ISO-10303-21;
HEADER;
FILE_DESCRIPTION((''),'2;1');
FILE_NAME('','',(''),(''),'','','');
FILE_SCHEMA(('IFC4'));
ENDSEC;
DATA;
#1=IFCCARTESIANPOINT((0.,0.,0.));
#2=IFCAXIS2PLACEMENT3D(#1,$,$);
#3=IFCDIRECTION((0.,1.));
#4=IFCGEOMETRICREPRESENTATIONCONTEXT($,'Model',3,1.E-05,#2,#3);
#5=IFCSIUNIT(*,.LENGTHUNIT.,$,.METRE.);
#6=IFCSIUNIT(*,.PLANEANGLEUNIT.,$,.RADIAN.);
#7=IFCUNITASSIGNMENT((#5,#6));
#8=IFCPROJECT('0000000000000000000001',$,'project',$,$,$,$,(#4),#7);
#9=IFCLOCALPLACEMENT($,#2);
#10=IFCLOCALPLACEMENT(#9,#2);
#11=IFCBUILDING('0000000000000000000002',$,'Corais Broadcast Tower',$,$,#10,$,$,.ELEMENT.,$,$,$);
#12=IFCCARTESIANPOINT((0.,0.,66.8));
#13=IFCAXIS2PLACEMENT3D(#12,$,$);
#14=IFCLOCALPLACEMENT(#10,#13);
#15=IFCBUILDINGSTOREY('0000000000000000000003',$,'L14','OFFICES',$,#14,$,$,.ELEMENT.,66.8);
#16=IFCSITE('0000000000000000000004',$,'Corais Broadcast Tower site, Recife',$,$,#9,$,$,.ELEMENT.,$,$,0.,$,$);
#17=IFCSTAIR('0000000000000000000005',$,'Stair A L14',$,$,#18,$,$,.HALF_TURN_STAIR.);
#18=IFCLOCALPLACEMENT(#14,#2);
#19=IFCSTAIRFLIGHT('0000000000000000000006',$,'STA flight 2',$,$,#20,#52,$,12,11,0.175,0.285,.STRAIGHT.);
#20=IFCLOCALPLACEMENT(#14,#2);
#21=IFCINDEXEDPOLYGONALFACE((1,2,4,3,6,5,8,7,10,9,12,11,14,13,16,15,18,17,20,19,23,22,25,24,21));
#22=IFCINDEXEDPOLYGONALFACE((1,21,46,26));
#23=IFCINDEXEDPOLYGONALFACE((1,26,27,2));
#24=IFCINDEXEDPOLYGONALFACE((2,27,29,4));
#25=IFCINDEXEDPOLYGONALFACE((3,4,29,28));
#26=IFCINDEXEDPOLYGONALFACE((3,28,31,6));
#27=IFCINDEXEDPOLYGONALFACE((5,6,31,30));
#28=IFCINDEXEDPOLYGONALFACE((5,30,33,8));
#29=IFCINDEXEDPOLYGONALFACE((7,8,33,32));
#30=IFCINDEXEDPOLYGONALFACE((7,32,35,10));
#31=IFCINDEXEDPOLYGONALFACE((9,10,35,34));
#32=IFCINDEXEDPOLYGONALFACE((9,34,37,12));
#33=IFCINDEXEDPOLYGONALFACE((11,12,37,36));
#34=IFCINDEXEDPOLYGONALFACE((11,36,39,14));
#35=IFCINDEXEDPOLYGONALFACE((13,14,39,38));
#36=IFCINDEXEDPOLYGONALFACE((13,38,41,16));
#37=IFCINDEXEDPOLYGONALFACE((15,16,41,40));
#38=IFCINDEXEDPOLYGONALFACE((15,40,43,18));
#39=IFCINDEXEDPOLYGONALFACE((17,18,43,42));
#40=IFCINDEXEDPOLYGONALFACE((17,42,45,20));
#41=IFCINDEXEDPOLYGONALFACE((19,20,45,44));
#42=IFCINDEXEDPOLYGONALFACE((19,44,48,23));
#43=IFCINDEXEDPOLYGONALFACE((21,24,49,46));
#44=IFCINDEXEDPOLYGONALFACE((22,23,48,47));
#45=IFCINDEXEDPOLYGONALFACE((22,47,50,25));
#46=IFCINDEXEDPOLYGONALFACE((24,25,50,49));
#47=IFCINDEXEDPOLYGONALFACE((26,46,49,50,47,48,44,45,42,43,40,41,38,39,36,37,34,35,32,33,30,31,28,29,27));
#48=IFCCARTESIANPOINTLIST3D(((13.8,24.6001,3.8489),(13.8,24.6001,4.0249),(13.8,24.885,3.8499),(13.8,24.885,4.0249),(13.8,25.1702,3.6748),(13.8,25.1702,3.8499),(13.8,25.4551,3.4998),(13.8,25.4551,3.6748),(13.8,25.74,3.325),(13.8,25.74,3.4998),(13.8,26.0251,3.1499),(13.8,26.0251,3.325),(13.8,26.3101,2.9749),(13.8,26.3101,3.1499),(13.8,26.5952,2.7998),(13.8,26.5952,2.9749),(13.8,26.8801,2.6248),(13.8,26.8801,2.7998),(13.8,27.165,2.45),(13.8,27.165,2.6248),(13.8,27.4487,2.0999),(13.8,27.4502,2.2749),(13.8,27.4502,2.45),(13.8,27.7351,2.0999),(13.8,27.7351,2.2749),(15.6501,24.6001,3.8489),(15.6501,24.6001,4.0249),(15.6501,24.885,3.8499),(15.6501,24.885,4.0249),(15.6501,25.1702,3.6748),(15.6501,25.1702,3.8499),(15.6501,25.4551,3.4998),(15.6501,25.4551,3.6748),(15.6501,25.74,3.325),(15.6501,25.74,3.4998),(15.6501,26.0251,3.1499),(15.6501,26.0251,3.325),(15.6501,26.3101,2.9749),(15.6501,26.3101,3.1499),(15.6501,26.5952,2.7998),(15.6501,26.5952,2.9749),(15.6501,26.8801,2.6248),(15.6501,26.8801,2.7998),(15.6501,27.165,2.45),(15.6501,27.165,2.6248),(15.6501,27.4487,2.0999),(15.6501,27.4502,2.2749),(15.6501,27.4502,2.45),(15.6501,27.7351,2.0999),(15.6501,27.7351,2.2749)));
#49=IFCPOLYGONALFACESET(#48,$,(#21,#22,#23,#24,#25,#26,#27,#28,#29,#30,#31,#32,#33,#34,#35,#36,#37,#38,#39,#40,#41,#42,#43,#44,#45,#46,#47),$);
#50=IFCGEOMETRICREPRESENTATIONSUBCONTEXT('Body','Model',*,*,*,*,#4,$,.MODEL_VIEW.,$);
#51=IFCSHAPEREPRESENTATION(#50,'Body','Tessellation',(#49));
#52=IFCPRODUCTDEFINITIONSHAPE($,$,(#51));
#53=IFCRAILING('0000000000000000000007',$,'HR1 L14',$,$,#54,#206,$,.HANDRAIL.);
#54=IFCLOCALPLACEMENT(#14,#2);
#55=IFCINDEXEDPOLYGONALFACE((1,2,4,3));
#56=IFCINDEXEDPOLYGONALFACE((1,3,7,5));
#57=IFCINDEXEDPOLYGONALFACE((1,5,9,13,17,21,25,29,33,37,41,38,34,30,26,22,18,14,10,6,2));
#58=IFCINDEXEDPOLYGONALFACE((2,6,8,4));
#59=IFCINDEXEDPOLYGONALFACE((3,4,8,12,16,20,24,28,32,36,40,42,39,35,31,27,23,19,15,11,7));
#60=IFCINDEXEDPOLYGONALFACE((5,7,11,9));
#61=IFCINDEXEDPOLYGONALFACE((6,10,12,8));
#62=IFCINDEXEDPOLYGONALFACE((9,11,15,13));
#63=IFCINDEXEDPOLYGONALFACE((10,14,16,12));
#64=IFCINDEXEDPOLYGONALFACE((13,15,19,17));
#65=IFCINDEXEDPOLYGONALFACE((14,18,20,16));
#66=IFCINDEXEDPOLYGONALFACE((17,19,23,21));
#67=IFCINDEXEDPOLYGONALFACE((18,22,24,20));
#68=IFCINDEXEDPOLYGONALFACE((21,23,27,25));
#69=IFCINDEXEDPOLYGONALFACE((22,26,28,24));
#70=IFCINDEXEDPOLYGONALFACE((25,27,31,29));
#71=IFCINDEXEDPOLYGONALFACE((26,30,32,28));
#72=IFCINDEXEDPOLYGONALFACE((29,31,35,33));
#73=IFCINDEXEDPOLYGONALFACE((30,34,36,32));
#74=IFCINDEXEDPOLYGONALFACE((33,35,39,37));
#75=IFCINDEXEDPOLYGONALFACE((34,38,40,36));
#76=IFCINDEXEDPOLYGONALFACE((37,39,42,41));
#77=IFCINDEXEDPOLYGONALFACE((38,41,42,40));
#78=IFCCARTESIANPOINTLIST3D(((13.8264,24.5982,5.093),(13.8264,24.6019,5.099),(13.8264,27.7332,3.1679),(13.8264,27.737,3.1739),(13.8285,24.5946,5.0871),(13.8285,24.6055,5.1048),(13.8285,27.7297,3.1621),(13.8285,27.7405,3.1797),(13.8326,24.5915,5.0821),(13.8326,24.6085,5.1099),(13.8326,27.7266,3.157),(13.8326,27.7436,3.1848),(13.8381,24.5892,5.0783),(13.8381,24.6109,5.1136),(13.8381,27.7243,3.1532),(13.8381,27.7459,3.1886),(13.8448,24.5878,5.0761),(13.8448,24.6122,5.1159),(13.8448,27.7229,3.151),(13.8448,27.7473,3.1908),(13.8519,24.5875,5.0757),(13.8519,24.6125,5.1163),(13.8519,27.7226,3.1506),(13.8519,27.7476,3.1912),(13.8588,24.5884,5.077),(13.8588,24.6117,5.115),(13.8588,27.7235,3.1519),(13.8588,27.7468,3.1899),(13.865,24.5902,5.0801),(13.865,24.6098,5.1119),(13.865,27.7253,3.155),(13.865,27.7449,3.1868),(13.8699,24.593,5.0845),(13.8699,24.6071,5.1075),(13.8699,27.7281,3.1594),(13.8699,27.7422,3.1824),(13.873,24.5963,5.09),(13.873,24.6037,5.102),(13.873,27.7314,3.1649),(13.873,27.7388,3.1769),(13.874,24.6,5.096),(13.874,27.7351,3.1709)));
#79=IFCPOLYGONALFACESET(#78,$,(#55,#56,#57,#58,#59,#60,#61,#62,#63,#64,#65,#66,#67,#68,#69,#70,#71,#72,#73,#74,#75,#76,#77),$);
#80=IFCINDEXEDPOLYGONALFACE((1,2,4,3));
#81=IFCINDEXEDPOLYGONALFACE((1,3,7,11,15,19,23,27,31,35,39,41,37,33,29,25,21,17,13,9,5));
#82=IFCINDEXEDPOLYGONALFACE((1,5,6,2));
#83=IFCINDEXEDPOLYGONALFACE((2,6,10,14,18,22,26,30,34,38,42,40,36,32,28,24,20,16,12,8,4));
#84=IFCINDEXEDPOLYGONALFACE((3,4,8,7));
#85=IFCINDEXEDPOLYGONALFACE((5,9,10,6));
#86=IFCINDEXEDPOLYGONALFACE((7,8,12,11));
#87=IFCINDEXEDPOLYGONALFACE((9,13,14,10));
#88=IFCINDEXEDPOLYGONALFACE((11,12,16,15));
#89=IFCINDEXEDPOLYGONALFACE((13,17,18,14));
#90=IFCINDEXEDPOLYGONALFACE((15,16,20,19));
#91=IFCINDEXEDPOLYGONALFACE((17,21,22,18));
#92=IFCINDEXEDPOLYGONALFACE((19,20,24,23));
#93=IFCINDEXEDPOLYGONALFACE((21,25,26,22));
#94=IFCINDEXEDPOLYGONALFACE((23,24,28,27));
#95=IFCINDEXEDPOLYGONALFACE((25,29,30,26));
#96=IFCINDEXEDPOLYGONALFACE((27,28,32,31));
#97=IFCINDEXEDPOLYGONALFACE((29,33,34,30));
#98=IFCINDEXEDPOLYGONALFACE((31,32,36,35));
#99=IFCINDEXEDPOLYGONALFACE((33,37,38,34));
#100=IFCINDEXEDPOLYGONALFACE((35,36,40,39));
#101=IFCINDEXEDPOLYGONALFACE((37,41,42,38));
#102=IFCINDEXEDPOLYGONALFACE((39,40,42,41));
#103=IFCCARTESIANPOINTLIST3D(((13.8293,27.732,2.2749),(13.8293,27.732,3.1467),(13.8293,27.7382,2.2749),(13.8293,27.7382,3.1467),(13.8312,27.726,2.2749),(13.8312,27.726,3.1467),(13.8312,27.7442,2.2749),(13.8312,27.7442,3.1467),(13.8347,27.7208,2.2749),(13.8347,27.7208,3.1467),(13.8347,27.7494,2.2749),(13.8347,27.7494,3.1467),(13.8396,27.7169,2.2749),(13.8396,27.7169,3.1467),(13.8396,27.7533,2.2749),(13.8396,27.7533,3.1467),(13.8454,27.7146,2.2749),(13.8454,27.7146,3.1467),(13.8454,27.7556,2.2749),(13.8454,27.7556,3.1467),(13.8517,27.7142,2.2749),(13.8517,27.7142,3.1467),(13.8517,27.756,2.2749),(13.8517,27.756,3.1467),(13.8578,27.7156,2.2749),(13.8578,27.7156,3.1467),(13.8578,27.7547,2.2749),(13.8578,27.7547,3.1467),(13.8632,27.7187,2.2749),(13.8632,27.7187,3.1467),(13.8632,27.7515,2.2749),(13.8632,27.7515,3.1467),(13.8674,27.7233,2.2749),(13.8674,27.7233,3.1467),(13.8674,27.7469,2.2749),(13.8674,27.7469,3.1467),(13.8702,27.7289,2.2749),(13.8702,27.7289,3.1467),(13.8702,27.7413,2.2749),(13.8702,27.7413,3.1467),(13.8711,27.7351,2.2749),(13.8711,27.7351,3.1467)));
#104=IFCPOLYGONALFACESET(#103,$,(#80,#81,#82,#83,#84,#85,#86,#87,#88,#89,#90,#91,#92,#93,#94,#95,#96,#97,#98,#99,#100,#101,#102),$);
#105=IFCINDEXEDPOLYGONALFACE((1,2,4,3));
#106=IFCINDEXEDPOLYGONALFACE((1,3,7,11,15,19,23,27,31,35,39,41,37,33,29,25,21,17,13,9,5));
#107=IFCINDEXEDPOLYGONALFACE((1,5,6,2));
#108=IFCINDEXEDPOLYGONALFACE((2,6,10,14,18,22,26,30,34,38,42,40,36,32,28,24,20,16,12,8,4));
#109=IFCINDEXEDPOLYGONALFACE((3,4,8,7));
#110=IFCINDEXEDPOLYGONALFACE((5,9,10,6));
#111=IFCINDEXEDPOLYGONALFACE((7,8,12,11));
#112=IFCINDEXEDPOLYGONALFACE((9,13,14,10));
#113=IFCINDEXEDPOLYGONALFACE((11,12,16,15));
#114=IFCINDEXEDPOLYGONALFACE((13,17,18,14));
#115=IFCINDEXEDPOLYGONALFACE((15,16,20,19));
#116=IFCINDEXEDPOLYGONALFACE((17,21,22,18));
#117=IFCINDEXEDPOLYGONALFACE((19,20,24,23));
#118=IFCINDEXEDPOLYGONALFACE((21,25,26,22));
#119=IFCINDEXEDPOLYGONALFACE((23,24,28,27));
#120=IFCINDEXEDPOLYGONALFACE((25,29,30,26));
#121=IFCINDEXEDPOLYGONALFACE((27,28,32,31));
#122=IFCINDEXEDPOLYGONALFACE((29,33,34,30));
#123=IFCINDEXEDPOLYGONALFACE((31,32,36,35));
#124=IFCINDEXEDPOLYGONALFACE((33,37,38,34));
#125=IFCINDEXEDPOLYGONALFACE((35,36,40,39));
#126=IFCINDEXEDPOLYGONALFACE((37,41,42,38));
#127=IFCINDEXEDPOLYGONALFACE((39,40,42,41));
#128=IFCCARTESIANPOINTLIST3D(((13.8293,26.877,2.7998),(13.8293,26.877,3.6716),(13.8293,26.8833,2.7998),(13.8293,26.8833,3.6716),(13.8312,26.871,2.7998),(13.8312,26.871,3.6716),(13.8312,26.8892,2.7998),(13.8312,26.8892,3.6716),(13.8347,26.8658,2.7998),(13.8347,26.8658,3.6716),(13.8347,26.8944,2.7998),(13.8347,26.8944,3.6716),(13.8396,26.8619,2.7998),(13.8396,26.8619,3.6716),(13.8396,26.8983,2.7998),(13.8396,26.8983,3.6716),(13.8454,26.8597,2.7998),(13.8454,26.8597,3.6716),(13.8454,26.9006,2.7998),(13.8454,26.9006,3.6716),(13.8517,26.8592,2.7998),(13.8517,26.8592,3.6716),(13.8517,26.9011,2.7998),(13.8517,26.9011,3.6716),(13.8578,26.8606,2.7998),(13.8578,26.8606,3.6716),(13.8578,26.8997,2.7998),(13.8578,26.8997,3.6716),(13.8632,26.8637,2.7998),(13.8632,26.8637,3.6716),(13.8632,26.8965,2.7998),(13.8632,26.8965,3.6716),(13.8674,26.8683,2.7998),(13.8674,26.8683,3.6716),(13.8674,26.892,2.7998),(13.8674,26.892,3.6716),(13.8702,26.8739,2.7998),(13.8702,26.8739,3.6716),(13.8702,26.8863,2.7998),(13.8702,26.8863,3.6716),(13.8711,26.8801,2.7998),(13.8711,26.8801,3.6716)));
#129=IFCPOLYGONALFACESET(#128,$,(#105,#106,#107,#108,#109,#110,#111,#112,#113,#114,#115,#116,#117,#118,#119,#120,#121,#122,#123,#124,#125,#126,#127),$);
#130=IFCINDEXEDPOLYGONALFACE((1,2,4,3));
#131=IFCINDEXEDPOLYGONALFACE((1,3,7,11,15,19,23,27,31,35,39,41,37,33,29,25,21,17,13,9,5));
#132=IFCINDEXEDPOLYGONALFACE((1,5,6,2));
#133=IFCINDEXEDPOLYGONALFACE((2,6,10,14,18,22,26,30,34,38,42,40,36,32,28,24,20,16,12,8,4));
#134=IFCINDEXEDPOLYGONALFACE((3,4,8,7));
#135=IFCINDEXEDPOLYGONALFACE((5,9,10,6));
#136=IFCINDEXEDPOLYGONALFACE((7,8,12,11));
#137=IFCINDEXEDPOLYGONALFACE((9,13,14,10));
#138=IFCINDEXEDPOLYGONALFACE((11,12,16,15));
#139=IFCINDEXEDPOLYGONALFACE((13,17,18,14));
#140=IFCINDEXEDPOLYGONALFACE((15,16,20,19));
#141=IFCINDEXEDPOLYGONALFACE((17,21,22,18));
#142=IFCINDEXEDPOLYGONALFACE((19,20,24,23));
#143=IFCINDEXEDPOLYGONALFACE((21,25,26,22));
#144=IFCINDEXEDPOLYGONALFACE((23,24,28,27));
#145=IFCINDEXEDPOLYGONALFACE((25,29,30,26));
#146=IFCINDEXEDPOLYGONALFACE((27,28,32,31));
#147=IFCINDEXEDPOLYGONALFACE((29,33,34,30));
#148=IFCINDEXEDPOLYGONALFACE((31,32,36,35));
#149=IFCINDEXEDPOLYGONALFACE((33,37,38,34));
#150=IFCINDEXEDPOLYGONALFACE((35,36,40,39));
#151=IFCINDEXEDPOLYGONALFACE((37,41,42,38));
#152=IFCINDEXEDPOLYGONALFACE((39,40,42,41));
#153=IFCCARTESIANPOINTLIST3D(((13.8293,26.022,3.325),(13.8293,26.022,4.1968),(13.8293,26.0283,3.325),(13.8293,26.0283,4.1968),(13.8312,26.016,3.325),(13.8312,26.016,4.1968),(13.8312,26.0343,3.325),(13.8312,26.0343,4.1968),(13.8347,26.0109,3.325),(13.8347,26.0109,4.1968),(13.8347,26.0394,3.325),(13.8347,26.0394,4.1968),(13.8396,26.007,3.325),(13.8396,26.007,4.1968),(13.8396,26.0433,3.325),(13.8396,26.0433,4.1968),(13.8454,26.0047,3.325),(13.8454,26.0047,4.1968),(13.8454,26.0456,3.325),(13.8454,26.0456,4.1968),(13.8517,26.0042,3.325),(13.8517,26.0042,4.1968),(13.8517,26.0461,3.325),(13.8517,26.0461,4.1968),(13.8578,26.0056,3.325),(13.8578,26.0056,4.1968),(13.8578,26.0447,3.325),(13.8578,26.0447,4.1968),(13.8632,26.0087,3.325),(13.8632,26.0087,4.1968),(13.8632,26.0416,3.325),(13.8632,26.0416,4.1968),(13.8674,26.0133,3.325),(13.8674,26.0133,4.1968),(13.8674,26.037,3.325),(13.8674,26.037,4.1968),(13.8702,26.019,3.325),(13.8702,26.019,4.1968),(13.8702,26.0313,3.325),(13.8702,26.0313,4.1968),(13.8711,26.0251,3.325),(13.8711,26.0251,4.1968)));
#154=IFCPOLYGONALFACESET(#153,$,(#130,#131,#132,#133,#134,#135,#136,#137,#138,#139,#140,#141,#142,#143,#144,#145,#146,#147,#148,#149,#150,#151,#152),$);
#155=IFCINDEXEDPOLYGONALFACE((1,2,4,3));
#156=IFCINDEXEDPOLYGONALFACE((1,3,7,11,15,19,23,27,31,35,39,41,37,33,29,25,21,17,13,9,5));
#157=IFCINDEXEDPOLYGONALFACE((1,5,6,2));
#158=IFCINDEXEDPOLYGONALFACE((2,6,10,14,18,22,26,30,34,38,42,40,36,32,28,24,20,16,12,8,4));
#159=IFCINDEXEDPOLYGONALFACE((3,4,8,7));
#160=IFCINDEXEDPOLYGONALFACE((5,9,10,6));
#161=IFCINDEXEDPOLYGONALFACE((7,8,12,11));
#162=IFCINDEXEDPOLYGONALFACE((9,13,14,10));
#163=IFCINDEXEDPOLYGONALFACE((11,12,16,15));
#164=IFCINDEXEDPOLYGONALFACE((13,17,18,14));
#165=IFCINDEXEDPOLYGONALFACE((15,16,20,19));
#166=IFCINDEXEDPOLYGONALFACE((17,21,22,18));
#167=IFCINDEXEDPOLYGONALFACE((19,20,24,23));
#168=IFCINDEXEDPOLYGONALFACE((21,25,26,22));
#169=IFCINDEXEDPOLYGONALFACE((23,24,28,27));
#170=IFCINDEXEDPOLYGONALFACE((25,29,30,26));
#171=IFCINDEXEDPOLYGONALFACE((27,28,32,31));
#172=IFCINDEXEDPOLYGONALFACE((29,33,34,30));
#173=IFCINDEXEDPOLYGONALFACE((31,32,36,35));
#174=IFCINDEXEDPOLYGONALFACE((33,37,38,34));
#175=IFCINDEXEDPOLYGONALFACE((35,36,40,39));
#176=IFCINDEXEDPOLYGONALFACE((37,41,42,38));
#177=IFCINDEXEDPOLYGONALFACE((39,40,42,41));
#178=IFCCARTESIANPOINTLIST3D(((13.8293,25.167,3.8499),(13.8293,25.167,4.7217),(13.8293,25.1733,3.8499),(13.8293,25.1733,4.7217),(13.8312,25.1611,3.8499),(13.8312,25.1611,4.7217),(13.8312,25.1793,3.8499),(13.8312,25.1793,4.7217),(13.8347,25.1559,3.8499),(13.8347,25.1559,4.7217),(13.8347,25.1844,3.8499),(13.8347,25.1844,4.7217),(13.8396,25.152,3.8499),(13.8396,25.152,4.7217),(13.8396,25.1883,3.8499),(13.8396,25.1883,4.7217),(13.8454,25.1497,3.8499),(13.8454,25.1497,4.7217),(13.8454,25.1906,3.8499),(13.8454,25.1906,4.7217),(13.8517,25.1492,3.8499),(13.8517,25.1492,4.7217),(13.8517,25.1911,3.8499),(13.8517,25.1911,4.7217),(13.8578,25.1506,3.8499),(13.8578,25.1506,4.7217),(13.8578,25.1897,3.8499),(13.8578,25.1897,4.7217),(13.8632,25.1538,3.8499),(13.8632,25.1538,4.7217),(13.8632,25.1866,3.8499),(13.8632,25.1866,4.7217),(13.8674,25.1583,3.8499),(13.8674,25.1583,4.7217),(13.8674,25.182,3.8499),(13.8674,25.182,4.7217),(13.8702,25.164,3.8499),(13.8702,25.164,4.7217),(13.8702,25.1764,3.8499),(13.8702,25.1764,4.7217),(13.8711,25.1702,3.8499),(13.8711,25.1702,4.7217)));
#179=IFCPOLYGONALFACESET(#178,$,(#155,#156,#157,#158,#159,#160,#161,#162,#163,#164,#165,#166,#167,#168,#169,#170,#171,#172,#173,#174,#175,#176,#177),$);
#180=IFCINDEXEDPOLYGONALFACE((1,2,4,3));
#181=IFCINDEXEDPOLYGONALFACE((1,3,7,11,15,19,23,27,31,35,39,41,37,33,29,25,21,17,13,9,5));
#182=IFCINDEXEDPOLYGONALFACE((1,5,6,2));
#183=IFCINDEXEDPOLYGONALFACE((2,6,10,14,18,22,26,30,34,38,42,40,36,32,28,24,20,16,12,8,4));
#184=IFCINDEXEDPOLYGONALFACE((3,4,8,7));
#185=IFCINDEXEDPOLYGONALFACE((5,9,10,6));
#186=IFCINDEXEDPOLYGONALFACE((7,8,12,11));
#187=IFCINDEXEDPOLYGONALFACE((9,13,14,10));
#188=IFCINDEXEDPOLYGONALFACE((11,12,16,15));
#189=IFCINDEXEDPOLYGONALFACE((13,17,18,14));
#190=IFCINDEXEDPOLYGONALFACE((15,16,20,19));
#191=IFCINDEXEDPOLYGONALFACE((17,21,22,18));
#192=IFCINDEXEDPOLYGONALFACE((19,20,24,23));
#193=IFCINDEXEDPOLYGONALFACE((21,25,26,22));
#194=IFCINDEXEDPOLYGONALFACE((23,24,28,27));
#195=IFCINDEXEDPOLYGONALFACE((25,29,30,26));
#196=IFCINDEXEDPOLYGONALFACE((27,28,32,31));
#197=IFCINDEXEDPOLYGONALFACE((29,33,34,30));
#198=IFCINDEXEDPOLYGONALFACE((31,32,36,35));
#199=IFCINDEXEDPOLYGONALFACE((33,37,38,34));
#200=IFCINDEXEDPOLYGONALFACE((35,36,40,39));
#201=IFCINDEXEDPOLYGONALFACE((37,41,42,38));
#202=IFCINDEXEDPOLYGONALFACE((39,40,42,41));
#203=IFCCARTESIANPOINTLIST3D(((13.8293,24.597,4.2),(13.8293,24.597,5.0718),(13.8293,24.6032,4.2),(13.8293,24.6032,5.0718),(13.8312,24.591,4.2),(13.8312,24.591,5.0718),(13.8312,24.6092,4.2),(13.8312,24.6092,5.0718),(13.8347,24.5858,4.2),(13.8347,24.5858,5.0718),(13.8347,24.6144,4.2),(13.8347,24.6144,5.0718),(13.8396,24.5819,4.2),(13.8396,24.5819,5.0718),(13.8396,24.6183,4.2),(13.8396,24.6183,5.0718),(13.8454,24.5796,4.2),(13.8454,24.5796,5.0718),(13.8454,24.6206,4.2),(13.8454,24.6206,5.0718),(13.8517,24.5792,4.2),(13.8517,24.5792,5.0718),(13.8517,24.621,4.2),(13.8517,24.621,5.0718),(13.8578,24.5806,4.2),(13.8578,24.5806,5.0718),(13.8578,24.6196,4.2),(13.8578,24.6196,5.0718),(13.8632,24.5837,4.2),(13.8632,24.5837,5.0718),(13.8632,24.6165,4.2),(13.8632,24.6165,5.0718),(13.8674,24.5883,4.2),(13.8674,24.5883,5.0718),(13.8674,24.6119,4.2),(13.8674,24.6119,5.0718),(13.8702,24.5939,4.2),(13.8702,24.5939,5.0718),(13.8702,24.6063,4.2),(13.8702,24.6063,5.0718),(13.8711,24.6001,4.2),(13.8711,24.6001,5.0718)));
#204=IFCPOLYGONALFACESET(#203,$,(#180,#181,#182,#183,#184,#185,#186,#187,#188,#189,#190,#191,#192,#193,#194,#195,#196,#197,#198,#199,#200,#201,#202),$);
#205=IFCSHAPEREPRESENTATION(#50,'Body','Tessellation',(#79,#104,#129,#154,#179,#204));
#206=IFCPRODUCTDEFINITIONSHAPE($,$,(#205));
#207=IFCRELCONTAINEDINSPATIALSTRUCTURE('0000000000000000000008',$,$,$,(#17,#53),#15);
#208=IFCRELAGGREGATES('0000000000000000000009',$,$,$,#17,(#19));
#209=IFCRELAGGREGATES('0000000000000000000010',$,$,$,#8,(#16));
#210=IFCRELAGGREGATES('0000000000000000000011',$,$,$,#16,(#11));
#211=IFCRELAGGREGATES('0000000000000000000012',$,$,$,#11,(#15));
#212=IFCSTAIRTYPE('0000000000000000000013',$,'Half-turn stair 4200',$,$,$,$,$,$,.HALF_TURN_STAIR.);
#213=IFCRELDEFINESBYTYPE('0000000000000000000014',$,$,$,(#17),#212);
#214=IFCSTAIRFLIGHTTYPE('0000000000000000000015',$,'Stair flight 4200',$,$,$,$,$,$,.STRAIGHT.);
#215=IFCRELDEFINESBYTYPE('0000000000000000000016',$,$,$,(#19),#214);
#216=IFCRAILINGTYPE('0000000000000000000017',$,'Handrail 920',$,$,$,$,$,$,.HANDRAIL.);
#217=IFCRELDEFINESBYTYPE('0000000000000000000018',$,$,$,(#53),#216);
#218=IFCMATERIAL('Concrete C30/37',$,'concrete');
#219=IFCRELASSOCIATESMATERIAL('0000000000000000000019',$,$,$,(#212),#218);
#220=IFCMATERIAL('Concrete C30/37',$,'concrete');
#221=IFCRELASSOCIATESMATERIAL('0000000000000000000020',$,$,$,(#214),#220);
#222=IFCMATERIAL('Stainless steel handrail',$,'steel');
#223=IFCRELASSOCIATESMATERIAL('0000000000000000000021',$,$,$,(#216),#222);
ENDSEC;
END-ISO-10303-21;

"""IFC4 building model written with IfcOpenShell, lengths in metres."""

from ifc_helpers import new_model, si_unit, direction, frame, origin, origin_2d, place, context, subcontext, project, spatial, polyline, circle, outline, extrude, material, type_object, element, aggregate, save


model = new_model("IFC4")

# Units and contexts
model_context = context("Model", 3, precision=1e-05, world=origin(), true_north=direction((0.0, 1.0)))
body_context = subcontext(model_context, "Body", "Model", "MODEL_VIEW")
ifc_project = project(units=[si_unit("LENGTHUNIT", "METRE"), si_unit("PLANEANGLEUNIT", "RADIAN")], contexts=[model_context])

# Site, building, storey
site_placement = place(None, origin())
site = spatial("IfcSite", under=ifc_project, at=site_placement, Name="Corais Broadcast Tower site, Recife", CompositionType="ELEMENT", RefElevation=0.0)
building_placement = place(site_placement, origin())
building = spatial("IfcBuilding", under=site, at=building_placement, Name="Corais Broadcast Tower", CompositionType="ELEMENT")
storey_placement = place(building_placement, frame((0.0, 0.0, 66.8)))
storey = spatial("IfcBuildingStorey", under=building, at=storey_placement, Name="L14", Description="OFFICES", CompositionType="ELEMENT", Elevation=66.8)

# Stair, stair flight
ifc_material_1 = material(Name="Concrete C30/37", Category="concrete")
stair_type = type_object("IfcStairType", Name="Half-turn stair 4200", PredefinedType="HALF_TURN_STAIR", material=ifc_material_1)
stair_placement = place(storey_placement, origin())
stair = element("IfcStair", 1, at=stair_placement, inside=storey, type_object=stair_type, Name="Stair A L14", PredefinedType="HALF_TURN_STAIR")
ifc_material_2 = material(Name="Concrete C30/37", Category="concrete")
stair_flight_type = type_object("IfcStairFlightType", Name="Stair flight 4200", PredefinedType="STRAIGHT", material=ifc_material_2)
stair_flight_placement = place(storey_placement, frame((14.7251, 27.7351, 2.0999), z_axis=(0.0, 0.0, 1.0), x_axis=(0.0, -1.0, 0.0)))
stair_flight = element("IfcStairFlight", 2, at=stair_flight_placement, type_object=stair_flight_type, Name="STA flight 2", NumberOfRisers=12, NumberOfTreads=11, PredefinedType="STRAIGHT", RiserHeight=0.175, TreadLength=0.285, context=body_context, shape_type="SweptSolid", body=[
    extrude(outline(polyline([(0.0, 0.0), (0.0, 0.175), (0.2849, 0.175), (0.2849, 0.3501), (0.5701, 0.3501), (0.5701, 0.5249), (0.855, 0.5249), (0.855, 0.7), (1.1399, 0.7), (1.1399, 0.875), (1.425, 0.875), (1.425, 1.05), (1.71, 1.05), (1.71, 1.2251), (1.9951, 1.2251), (1.9951, 1.3999), (2.28, 1.3999), (2.28, 1.575), (2.5649, 1.575), (2.5649, 1.75), (2.8501, 1.75), (2.8501, 1.925), (3.135, 1.925), (3.135, 2.1001), (3.135, 1.749), (0.2864, 0.0), (0.0, 0.0)])), frame((0.0, 0.925, 0.0), z_axis=(0.0, -1.0, 0.0), x_axis=(1.0, 0.0, 0.0)), (0.0, 0.0, 1.0), 1.8501),
])
aggregate(stair, [stair_flight])

# Railing
ifc_material_3 = material(Name="Stainless steel handrail", Category="steel")
railing_type = type_object("IfcRailingType", Name="Handrail 920", PredefinedType="HANDRAIL", material=ifc_material_3)
for number, where, name in (
    (3, (13.8501, 27.7351, 2.2749), "HR1 L14"),
):
    element("IfcRailing", number, at=place(storey_placement, frame(where)), inside=storey, type_object=railing_type, Name=name, PredefinedType="HANDRAIL", context=body_context, shape_type="SweptSolid", body=[
        extrude(circle(Radius=0.0239, at=origin_2d()), frame((0.0, 0.0, 0.896), z_axis=(0.0, -0.852166, 0.523271), x_axis=(1.0, 0.0, 0.0)), (0.0, 0.0, 1.0), 3.679),
        extrude(circle(Radius=0.021, at=origin_2d()), origin(), (0.0, 0.0, 1.0), 0.8718),
        extrude(circle(Radius=0.021, at=origin_2d()), frame((0.0, -0.855, 0.5249)), (0.0, 0.0, 1.0), 0.8718),
        extrude(circle(Radius=0.021, at=origin_2d()), frame((0.0, -1.71, 1.05)), (0.0, 0.0, 1.0), 0.8718),
        extrude(circle(Radius=0.021, at=origin_2d()), frame((0.0, -2.5649, 1.575)), (0.0, 0.0, 1.0), 0.8718),
        extrude(circle(Radius=0.021, at=origin_2d()), frame((0.0, -3.135, 1.925)), (0.0, 0.0, 1.0), 0.8718),
    ])

save(model, "model.ifc")
